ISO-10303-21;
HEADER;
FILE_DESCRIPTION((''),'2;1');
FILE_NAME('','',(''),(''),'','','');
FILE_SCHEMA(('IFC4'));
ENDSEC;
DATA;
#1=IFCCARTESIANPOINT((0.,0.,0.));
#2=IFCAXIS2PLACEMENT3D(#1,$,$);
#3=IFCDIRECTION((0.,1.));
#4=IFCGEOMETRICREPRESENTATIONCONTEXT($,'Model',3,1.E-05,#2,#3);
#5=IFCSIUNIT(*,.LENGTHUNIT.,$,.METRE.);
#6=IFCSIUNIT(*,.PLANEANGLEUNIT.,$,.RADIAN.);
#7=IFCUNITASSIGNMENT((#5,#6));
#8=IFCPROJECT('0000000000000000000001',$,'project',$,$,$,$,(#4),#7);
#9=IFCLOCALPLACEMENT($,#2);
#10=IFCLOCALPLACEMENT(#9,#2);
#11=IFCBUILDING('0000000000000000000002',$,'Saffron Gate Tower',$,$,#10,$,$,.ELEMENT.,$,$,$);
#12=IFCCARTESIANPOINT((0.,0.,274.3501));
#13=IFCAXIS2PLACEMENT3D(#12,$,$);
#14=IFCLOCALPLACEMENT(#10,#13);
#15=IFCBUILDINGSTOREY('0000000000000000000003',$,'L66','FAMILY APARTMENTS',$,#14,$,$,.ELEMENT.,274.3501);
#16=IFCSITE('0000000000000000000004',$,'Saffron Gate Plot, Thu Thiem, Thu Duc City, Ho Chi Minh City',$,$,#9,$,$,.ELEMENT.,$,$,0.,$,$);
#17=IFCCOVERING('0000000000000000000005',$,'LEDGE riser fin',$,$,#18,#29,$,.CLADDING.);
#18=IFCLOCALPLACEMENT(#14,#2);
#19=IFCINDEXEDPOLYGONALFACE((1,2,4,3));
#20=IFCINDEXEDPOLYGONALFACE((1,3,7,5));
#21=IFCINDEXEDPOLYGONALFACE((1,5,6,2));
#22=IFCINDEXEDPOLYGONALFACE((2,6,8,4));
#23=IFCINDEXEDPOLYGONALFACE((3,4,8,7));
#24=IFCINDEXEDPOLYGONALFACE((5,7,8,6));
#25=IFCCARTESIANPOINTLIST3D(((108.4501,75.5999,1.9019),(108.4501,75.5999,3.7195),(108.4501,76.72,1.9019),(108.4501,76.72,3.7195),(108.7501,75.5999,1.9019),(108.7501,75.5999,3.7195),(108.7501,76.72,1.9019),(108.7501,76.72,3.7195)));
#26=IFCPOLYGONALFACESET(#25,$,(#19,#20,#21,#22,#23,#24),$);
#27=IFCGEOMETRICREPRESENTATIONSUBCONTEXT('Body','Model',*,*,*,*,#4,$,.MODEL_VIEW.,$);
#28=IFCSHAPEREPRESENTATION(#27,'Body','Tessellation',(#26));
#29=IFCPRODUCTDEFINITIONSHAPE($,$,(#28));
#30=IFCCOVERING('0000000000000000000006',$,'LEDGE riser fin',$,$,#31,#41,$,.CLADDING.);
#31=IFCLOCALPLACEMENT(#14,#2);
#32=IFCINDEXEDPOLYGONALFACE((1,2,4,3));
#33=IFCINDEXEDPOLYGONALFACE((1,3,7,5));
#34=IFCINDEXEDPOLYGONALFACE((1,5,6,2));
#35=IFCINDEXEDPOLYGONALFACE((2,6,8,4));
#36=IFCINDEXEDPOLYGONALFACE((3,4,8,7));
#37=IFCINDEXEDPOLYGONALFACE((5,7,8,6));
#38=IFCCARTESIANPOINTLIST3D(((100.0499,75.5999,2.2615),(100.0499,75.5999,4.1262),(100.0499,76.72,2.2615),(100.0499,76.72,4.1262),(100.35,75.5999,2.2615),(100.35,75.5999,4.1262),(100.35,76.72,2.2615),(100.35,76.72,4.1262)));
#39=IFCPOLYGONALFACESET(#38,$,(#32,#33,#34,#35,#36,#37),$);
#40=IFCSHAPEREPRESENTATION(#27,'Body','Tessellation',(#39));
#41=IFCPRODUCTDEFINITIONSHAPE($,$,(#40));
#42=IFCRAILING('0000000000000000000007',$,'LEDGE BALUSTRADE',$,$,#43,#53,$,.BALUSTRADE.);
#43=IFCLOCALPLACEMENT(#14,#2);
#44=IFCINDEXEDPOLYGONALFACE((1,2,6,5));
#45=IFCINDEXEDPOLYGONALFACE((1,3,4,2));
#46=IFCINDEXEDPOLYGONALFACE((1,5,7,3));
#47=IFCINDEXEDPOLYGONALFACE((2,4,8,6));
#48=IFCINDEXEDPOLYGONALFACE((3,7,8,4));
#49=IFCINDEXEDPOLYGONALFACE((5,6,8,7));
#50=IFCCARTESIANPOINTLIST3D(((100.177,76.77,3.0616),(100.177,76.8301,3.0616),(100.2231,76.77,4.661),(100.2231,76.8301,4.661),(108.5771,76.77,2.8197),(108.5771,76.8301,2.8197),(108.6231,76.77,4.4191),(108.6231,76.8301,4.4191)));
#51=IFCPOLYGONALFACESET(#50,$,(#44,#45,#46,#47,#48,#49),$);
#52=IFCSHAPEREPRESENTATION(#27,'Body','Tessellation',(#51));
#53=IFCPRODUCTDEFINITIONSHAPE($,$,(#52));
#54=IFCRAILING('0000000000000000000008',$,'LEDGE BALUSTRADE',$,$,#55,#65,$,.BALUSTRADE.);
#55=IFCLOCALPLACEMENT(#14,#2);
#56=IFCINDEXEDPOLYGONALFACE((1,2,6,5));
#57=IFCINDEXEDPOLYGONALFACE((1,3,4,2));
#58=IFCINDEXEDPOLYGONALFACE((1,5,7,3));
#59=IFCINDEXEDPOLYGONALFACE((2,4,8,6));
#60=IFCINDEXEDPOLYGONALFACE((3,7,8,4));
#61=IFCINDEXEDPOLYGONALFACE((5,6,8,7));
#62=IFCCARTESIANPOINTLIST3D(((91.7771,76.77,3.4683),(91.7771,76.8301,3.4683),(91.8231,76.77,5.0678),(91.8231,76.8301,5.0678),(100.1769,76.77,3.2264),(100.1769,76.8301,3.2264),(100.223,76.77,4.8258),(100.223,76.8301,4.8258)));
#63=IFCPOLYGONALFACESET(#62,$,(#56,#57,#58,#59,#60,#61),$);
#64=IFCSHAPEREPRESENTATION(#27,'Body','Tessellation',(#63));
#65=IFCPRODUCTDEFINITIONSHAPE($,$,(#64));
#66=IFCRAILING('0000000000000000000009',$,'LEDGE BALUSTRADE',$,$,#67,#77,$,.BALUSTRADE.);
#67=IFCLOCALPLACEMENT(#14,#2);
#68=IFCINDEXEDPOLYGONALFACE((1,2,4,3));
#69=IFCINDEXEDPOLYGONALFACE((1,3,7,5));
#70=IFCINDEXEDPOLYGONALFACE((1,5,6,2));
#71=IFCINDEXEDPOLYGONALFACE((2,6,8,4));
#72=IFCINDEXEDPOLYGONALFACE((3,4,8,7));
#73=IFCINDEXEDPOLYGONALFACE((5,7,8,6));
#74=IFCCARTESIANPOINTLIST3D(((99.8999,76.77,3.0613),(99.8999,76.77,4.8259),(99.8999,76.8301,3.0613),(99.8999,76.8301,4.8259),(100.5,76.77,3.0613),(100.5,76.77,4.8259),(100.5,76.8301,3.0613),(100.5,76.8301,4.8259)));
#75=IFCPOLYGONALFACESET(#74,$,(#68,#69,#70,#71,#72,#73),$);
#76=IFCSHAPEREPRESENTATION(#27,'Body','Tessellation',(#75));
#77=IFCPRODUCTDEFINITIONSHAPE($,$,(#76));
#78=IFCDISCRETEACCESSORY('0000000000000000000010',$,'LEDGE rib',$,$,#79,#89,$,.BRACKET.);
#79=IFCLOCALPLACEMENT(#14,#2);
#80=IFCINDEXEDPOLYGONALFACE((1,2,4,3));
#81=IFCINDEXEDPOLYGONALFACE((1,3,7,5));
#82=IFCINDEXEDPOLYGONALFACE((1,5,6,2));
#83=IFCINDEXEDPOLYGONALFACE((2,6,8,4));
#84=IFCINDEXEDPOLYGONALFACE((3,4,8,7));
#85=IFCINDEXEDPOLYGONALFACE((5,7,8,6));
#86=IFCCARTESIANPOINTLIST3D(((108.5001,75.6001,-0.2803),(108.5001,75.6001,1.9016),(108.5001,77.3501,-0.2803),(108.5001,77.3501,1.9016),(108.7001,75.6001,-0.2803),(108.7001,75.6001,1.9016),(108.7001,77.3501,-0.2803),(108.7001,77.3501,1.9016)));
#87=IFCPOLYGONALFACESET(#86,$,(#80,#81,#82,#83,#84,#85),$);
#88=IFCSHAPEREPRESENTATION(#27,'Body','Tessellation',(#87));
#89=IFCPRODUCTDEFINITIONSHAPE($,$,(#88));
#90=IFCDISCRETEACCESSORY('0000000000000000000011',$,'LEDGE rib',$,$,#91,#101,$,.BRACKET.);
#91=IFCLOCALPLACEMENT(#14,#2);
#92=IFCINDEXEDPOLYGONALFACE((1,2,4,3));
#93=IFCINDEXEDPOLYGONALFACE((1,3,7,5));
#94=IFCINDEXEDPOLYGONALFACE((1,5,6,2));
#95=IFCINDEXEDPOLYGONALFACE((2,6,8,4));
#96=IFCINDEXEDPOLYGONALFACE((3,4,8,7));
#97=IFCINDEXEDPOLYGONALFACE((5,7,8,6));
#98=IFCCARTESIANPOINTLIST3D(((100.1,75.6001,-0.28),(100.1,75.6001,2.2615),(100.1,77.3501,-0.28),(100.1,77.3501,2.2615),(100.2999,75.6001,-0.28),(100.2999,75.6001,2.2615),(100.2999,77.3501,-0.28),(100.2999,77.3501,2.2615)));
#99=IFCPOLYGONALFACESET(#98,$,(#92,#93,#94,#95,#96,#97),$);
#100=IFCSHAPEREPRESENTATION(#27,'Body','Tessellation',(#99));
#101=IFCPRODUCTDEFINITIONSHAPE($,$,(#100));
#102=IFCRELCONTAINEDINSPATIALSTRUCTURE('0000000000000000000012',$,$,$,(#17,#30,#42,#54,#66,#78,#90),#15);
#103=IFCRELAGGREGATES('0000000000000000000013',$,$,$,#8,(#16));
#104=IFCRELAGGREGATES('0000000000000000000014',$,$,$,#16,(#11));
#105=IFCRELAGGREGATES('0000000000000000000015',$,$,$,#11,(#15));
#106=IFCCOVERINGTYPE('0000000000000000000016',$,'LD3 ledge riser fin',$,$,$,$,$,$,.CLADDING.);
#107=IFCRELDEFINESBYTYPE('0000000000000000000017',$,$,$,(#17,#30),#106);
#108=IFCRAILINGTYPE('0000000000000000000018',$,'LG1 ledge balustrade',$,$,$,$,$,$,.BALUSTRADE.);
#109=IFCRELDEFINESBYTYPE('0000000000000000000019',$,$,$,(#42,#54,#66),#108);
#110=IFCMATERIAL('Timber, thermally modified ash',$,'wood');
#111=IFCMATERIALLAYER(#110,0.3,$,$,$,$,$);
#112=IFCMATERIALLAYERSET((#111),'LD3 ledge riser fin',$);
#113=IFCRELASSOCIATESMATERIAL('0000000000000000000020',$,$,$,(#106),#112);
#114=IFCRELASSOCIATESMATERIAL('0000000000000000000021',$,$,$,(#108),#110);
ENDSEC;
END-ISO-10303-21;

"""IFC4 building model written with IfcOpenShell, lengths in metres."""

from ifc_helpers import new_model, si_unit, direction, frame, origin, origin_2d, place, context, subcontext, project, spatial, rectangle, extrude, material, layer, layer_set, type_object, element, save


model = new_model("IFC4")

# Units and contexts
model_context = context("Model", 3, precision=1e-05, world=origin(), true_north=direction((0.0, 1.0)))
body_context = subcontext(model_context, "Body", "Model", "MODEL_VIEW")
ifc_project = project(units=[si_unit("LENGTHUNIT", "METRE"), si_unit("PLANEANGLEUNIT", "RADIAN")], contexts=[model_context])

# Site, building, storey
site_placement = place(None, origin())
site = spatial("IfcSite", under=ifc_project, at=site_placement, Name="Saffron Gate Plot, Thu Thiem, Thu Duc City, Ho Chi Minh City", CompositionType="ELEMENT", RefElevation=0.0)
building_placement = place(site_placement, origin())
building = spatial("IfcBuilding", under=site, at=building_placement, Name="Saffron Gate Tower", CompositionType="ELEMENT")
storey_placement = place(building_placement, frame((0.0, 0.0, 274.3501)))
storey = spatial("IfcBuildingStorey", under=building, at=storey_placement, Name="L66", Description="FAMILY APARTMENTS", CompositionType="ELEMENT", Elevation=274.3501)

# Coverings
ifc_material_1 = material(Name="Timber, thermally modified ash", Category="wood")
ifc_layer_1 = layer(ifc_material_1, 0.3)
ifc_layer_set_1 = layer_set([ifc_layer_1], Name="LD3 ledge riser fin")
covering_type_1 = type_object("IfcCoveringType", Name="LD3 ledge riser fin", PredefinedType="CLADDING", material=ifc_layer_set_1)
covering_1_placement = place(storey_placement, frame((108.6001, 76.1599, 1.9019), z_axis=(0.0, 0.0, 1.0), x_axis=(-1.0, 0.0, 0.0)))
element("IfcCovering", 1, at=covering_1_placement, inside=storey, type_object=covering_type_1, Name="LEDGE riser fin", PredefinedType="CLADDING", context=body_context, shape_type="SweptSolid", body=[
    extrude(rectangle(XDim=0.3, YDim=1.1201, at=origin_2d()), origin(), (0.0, 0.0, 1.0), 1.8176),
])
covering_2_placement = place(storey_placement, frame((100.2, 76.1599, 2.2615), z_axis=(0.0, 0.0, 1.0), x_axis=(-1.0, 0.0, 0.0)))
element("IfcCovering", 2, at=covering_2_placement, inside=storey, type_object=covering_type_1, Name="LEDGE riser fin", PredefinedType="CLADDING", context=body_context, shape_type="SweptSolid", body=[
    extrude(rectangle(XDim=0.3, YDim=1.1201, at=origin_2d()), origin(), (0.0, 0.0, 1.0), 1.8647),
])

# Railings
railing_type_1 = type_object("IfcRailingType", Name="LG1 ledge balustrade", PredefinedType="BALUSTRADE", material=ifc_material_1)
railing_1_placement = place(storey_placement, frame((108.6001, 76.8, 2.8193)))
element("IfcRailing", 3, at=railing_1_placement, inside=storey, type_object=railing_type_1, Name="LEDGE BALUSTRADE", PredefinedType="BALUSTRADE", context=body_context, shape_type="SweptSolid", body=[
    extrude(rectangle(XDim=0.0601, YDim=1.6001, at=origin_2d()), frame((0.0, 0.0, 0.8), z_axis=(-0.999585, 0.0, 0.02879), x_axis=(0.0, -1.0, 0.0)), (0.0, 0.0, 1.0), 8.4036),
])
railing_2_placement = place(storey_placement, frame((100.2, 76.8, 3.2261)))
element("IfcRailing", 4, at=railing_2_placement, inside=storey, type_object=railing_type_1, Name="LEDGE BALUSTRADE", PredefinedType="BALUSTRADE", context=body_context, shape_type="SweptSolid", body=[
    extrude(rectangle(XDim=0.0601, YDim=1.6001, at=origin_2d()), frame((0.0, 0.0, 0.8), z_axis=(-0.999585, 0.0, 0.028791), x_axis=(0.0, -1.0, 0.0)), (0.0, 0.0, 1.0), 8.4033),
])
railing_3_placement = place(storey_placement, frame((100.5, 76.8, 3.0613)))
element("IfcRailing", 5, at=railing_3_placement, inside=storey, type_object=railing_type_1, Name="LEDGE BALUSTRADE", PredefinedType="BALUSTRADE", context=body_context, shape_type="SweptSolid", body=[
    extrude(rectangle(XDim=0.0601, YDim=1.7646, at=origin_2d()), frame((0.0, 0.0, 0.8823), z_axis=(-1.0, 0.0, 0.0), x_axis=(0.0, -1.0, 0.0)), (0.0, 0.0, 1.0), 0.6001),
])

# Discrete accessories
discrete_accessory_1_placement = place(storey_placement, frame((108.6001, 76.4751, -0.2803), z_axis=(0.0, 0.0, 1.0), x_axis=(-1.0, 0.0, 0.0)))
element("IfcDiscreteAccessory", 6, at=discrete_accessory_1_placement, inside=storey, Name="LEDGE rib", PredefinedType="BRACKET", context=body_context, shape_type="SweptSolid", body=[
    extrude(rectangle(XDim=0.2, YDim=1.75, at=origin_2d()), origin(), (0.0, 0.0, 1.0), 2.1819),
])
discrete_accessory_2_placement = place(storey_placement, frame((100.2, 76.4751, -0.28), z_axis=(0.0, 0.0, 1.0), x_axis=(-1.0, 0.0, 0.0)))
element("IfcDiscreteAccessory", 7, at=discrete_accessory_2_placement, inside=storey, Name="LEDGE rib", PredefinedType="BRACKET", context=body_context, shape_type="SweptSolid", body=[
    extrude(rectangle(XDim=0.2, YDim=1.75, at=origin_2d()), origin(), (0.0, 0.0, 1.0), 2.5415),
])

save(model, "model.ifc")
